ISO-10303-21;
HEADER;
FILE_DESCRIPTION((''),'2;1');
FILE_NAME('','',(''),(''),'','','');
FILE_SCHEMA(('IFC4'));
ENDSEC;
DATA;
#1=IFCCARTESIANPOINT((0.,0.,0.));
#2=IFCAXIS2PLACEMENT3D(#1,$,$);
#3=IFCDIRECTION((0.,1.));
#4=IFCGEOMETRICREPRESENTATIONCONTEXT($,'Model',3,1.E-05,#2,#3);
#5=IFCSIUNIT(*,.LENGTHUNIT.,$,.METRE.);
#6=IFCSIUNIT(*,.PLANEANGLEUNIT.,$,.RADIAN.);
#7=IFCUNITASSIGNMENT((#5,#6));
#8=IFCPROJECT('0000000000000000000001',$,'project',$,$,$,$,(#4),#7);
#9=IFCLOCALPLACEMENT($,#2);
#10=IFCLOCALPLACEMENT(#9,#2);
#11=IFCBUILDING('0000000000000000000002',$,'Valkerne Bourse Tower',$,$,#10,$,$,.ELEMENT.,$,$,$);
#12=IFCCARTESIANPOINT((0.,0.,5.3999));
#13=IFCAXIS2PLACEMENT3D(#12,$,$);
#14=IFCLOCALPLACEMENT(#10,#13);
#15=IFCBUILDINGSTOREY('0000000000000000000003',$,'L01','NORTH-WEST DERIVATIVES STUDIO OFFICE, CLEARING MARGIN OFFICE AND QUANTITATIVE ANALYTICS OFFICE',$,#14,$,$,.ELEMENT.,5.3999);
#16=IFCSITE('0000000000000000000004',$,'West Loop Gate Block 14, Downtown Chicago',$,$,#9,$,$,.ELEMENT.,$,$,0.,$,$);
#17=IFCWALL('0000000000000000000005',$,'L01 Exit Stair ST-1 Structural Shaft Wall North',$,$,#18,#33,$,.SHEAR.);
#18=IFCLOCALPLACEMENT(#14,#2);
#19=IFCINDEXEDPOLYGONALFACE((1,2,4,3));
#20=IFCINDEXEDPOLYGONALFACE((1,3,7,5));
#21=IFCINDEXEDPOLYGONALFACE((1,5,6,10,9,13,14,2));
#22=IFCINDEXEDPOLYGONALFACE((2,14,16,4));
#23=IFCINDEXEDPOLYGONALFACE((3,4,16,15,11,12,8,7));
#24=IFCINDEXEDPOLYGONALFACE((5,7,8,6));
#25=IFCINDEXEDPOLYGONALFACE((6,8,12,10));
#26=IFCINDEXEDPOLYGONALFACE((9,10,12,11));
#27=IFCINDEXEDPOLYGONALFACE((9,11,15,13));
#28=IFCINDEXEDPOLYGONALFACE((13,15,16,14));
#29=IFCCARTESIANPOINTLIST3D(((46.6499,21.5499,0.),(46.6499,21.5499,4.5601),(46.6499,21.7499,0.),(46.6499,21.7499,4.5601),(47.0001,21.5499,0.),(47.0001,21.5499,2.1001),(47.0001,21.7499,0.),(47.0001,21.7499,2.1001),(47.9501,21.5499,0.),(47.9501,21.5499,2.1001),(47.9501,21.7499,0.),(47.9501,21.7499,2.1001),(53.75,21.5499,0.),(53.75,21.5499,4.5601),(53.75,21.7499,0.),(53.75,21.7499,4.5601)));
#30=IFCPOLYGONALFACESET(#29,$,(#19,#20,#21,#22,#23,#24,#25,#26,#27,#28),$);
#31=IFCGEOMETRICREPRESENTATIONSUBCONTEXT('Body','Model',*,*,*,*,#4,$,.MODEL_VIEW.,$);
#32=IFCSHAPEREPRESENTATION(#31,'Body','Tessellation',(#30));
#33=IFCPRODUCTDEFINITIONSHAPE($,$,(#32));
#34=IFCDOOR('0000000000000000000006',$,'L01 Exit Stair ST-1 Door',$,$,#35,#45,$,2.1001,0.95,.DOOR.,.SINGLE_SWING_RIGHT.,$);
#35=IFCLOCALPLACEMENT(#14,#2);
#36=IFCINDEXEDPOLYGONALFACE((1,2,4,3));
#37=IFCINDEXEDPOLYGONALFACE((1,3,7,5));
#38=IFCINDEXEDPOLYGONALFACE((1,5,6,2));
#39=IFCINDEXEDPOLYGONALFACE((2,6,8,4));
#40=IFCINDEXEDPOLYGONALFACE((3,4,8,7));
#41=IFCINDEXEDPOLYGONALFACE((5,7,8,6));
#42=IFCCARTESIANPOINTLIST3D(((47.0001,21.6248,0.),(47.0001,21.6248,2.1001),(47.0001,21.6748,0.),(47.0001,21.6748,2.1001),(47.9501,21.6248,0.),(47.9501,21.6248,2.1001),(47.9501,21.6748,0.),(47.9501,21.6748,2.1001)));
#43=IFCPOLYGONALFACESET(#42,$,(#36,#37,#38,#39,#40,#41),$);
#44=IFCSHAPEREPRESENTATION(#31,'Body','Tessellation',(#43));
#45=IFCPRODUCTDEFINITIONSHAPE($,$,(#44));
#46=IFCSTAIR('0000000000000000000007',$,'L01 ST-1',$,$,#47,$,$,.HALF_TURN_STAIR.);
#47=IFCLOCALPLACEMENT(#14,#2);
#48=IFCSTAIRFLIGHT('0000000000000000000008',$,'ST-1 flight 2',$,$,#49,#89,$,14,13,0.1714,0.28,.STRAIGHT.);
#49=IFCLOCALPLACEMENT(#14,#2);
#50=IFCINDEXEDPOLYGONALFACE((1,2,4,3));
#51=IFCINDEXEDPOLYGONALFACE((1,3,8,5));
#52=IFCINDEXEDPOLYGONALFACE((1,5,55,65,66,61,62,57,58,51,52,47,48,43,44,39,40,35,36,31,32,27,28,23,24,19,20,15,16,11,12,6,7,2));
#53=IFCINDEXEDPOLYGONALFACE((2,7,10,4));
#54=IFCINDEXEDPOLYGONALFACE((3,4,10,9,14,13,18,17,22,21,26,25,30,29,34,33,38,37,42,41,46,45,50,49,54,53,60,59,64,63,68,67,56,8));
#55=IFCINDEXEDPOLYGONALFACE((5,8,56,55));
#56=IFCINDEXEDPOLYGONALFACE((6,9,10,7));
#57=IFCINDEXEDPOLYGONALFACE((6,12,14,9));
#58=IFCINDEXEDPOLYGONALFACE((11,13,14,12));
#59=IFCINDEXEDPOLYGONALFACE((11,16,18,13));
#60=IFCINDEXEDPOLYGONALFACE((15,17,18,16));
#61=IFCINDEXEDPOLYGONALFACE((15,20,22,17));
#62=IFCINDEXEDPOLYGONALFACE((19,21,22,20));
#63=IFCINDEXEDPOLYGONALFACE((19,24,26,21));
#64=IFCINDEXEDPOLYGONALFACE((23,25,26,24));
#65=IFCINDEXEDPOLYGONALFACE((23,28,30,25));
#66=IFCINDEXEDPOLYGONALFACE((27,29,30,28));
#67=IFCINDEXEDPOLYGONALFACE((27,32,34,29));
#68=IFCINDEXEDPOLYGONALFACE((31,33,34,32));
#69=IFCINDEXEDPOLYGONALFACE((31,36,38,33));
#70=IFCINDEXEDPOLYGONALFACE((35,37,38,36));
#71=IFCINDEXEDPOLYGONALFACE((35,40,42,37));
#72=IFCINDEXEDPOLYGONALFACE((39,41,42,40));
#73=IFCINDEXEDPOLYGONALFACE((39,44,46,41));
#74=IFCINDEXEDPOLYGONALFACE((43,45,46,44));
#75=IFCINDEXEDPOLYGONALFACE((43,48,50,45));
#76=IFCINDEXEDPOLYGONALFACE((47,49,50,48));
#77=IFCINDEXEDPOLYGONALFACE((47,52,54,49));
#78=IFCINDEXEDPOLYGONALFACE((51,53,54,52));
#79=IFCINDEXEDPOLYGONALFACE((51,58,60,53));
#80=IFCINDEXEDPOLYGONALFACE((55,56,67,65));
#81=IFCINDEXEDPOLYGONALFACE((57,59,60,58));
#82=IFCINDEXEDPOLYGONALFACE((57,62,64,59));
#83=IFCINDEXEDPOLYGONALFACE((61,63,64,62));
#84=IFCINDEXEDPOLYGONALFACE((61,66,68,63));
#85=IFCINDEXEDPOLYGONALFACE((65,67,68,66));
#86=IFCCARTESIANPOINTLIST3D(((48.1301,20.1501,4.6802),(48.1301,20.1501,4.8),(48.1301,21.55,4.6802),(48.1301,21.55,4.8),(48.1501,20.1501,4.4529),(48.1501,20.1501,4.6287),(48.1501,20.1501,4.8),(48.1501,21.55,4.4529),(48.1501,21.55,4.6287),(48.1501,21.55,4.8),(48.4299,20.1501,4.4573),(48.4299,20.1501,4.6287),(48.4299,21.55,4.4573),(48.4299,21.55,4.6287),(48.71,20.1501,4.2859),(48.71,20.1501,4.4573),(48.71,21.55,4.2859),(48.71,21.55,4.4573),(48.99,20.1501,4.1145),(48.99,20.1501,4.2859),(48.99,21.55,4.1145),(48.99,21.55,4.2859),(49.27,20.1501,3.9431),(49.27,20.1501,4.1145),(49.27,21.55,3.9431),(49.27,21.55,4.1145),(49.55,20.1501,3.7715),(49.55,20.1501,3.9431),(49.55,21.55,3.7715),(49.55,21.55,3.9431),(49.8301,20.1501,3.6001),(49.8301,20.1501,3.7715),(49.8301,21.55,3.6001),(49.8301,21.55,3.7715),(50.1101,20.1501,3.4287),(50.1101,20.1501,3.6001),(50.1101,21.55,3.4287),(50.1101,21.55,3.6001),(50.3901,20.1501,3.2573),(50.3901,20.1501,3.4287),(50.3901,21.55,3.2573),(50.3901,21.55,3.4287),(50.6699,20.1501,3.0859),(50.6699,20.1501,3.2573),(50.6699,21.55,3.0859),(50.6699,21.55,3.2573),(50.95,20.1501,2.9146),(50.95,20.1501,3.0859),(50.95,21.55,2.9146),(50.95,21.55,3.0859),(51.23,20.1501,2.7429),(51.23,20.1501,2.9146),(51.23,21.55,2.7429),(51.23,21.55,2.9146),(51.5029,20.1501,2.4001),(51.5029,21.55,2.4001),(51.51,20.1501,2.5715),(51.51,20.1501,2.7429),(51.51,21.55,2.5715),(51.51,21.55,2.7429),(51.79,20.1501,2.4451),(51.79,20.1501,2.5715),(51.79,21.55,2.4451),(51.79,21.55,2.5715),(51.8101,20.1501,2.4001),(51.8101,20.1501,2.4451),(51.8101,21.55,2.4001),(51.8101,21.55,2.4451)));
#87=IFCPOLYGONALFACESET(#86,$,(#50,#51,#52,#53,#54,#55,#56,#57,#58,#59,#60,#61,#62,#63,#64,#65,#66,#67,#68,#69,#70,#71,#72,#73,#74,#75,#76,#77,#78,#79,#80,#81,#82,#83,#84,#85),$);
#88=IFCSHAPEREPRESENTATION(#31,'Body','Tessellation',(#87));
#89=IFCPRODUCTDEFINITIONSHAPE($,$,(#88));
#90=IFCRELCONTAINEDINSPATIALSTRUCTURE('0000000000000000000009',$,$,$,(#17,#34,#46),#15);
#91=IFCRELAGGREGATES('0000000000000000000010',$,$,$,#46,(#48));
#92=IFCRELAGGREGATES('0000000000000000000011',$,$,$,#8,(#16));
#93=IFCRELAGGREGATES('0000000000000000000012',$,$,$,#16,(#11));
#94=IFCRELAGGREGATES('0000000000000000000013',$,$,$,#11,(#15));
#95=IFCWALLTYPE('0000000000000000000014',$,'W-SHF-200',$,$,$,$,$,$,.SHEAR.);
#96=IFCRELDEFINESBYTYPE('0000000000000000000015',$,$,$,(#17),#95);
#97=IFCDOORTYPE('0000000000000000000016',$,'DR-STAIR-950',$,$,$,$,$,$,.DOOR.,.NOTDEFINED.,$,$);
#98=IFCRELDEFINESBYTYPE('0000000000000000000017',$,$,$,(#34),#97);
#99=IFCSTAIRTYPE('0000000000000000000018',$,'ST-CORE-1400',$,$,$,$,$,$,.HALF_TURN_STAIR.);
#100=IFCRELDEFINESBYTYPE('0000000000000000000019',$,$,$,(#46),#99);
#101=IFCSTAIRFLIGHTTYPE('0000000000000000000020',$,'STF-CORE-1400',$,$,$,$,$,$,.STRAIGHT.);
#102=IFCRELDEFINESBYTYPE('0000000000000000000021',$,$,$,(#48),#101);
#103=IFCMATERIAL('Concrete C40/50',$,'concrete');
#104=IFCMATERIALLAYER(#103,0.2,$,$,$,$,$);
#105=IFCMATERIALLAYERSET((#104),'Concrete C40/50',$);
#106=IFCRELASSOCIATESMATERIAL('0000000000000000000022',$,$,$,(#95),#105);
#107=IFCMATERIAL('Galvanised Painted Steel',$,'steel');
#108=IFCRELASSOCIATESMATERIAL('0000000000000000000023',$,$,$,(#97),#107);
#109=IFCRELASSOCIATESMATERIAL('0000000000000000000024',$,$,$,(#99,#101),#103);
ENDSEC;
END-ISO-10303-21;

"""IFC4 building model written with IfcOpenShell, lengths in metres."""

from ifc_helpers import new_model, si_unit, direction, frame, frame_2d, origin, place, context, subcontext, project, spatial, polyline, rectangle, outline, extrude, material, layer, layer_set, type_object, element, fill, aggregate, save


model = new_model("IFC4")

# Units and contexts
model_context = context("Model", 3, precision=1e-05, world=origin(), true_north=direction((0.0, 1.0)))
body_context = subcontext(model_context, "Body", "Model", "MODEL_VIEW")
ifc_project = project(units=[si_unit("LENGTHUNIT", "METRE"), si_unit("PLANEANGLEUNIT", "RADIAN")], contexts=[model_context])

# Site, building, storey
site_placement = place(None, origin())
site = spatial("IfcSite", under=ifc_project, at=site_placement, Name="West Loop Gate Block 14, Downtown Chicago", CompositionType="ELEMENT", RefElevation=0.0)
building_placement = place(site_placement, origin())
building = spatial("IfcBuilding", under=site, at=building_placement, Name="Valkerne Bourse Tower", CompositionType="ELEMENT")
storey_placement = place(building_placement, frame((0.0, 0.0, 5.3999)))
storey = spatial("IfcBuildingStorey", under=building, at=storey_placement, Name="L01", Description="NORTH-WEST DERIVATIVES STUDIO OFFICE, CLEARING MARGIN OFFICE AND QUANTITATIVE ANALYTICS OFFICE", CompositionType="ELEMENT", Elevation=5.3999)

# Shared definitions
ifc_material_1 = material(Name="Galvanised Painted Steel", Category="steel")

# Wall, opening, door
ifc_material_2 = material(Name="Concrete C40/50", Category="concrete")
ifc_layer_1 = layer(ifc_material_2, 0.2)
ifc_layer_set_1 = layer_set([ifc_layer_1], Name="Concrete C40/50")
wall_type_1 = type_object("IfcWallType", Name="W-SHF-200", PredefinedType="SHEAR", material=ifc_layer_set_1)
wall_1_placement = place(storey_placement, frame((46.6499, 21.6499, 0.0), z_axis=(0.0, 0.0, 1.0), x_axis=(1.0, 0.0, 0.0)))
wall_1 = element("IfcWall", 1, at=wall_1_placement, inside=storey, type_object=wall_type_1, Name="L01 Exit Stair ST-1 Structural Shaft Wall North", PredefinedType="SHEAR", context=body_context, shape_type="SweptSolid", body=[
    extrude(rectangle(XDim=7.1001, YDim=0.2, at=frame_2d((3.55, 0.0))), origin(), (0.0, 0.0, 1.0), 4.5601),
])
opening_1_placement = place(wall_1_placement, frame((0.3501, 0.0, 0.0)))
opening_1 = element("IfcOpeningElement", 2, at=opening_1_placement, cuts=wall_1, PredefinedType="OPENING", context=body_context, shape_type="SweptSolid", body=[
    extrude(rectangle(XDim=0.95, YDim=2.1001, at=frame_2d((0.4751, 1.05))), frame((0.0, 0.1099, 0.0), z_axis=(0.0, -1.0, 0.0), x_axis=(1.0, 0.0, 0.0)), (0.0, 0.0, 1.0), 0.22),
])
door_type_1 = type_object("IfcDoorType", Name="DR-STAIR-950", OperationType="NOTDEFINED", PredefinedType="DOOR", material=ifc_material_1)
door_1_placement = place(opening_1_placement, origin())
door_1 = element("IfcDoor", 3, at=door_1_placement, inside=storey, type_object=door_type_1, Name="L01 Exit Stair ST-1 Door", OperationType="SINGLE_SWING_RIGHT", OverallHeight=2.1001, OverallWidth=0.95, PredefinedType="DOOR", context=body_context, shape_type="SweptSolid", body=[
    extrude(rectangle(XDim=0.95, YDim=2.1001, at=frame_2d((0.4751, 1.05))), frame((0.0, 0.0249, 0.0), z_axis=(0.0, -1.0, 0.0), x_axis=(1.0, 0.0, 0.0)), (0.0, 0.0, 1.0), 0.05),
])
fill(opening_1, door_1)

# Stair, stair flight
stair_type = type_object("IfcStairType", Name="ST-CORE-1400", PredefinedType="HALF_TURN_STAIR", material=ifc_material_2)
stair_placement = place(storey_placement, origin())
stair = element("IfcStair", 4, at=stair_placement, inside=storey, type_object=stair_type, Name="L01 ST-1", PredefinedType="HALF_TURN_STAIR")
stair_flight_type = type_object("IfcStairFlightType", Name="STF-CORE-1400", PredefinedType="STRAIGHT", material=ifc_material_2)
stair_flight_placement = place(storey_placement, frame((51.79, 20.8501, 2.4001), z_axis=(0.0, 0.0, 1.0), x_axis=(-1.0, 0.0, 0.0)))
stair_flight = element("IfcStairFlight", 5, at=stair_flight_placement, type_object=stair_flight_type, Name="ST-1 flight 2", NumberOfRisers=14, NumberOfTreads=13, PredefinedType="STRAIGHT", RiserHeight=0.1714, TreadLength=0.28, context=body_context, shape_type="SweptSolid", body=[
    extrude(outline(polyline([(-0.02, 0.0), (-0.02, 0.0449), (0.0, 0.0449), (0.0, 0.1714), (0.28, 0.1714), (0.28, 0.3428), (0.5601, 0.3428), (0.5601, 0.5144), (0.8401, 0.5144), (0.8401, 0.6858), (1.1201, 0.6858), (1.1201, 0.8572), (1.3999, 0.8572), (1.3999, 1.0286), (1.6799, 1.0286), (1.6799, 1.2), (1.96, 1.2), (1.96, 1.3713), (2.24, 1.3713), (2.24, 1.543), (2.52, 1.543), (2.52, 1.7144), (2.8, 1.7144), (2.8, 1.8857), (3.0801, 1.8857), (3.0801, 2.0571), (3.3601, 2.0571), (3.3601, 2.2285), (3.6399, 2.2285), (3.6399, 2.3999), (3.6599, 2.3999), (3.6599, 2.28), (3.6399, 2.0527), (0.2871, 0.0), (-0.02, 0.0)])), frame((0.0, 0.7, 0.0), z_axis=(0.0, -1.0, 0.0), x_axis=(1.0, 0.0, 0.0)), (0.0, 0.0, 1.0), 1.3999),
])
aggregate(stair, [stair_flight])

save(model, "model.ifc")
